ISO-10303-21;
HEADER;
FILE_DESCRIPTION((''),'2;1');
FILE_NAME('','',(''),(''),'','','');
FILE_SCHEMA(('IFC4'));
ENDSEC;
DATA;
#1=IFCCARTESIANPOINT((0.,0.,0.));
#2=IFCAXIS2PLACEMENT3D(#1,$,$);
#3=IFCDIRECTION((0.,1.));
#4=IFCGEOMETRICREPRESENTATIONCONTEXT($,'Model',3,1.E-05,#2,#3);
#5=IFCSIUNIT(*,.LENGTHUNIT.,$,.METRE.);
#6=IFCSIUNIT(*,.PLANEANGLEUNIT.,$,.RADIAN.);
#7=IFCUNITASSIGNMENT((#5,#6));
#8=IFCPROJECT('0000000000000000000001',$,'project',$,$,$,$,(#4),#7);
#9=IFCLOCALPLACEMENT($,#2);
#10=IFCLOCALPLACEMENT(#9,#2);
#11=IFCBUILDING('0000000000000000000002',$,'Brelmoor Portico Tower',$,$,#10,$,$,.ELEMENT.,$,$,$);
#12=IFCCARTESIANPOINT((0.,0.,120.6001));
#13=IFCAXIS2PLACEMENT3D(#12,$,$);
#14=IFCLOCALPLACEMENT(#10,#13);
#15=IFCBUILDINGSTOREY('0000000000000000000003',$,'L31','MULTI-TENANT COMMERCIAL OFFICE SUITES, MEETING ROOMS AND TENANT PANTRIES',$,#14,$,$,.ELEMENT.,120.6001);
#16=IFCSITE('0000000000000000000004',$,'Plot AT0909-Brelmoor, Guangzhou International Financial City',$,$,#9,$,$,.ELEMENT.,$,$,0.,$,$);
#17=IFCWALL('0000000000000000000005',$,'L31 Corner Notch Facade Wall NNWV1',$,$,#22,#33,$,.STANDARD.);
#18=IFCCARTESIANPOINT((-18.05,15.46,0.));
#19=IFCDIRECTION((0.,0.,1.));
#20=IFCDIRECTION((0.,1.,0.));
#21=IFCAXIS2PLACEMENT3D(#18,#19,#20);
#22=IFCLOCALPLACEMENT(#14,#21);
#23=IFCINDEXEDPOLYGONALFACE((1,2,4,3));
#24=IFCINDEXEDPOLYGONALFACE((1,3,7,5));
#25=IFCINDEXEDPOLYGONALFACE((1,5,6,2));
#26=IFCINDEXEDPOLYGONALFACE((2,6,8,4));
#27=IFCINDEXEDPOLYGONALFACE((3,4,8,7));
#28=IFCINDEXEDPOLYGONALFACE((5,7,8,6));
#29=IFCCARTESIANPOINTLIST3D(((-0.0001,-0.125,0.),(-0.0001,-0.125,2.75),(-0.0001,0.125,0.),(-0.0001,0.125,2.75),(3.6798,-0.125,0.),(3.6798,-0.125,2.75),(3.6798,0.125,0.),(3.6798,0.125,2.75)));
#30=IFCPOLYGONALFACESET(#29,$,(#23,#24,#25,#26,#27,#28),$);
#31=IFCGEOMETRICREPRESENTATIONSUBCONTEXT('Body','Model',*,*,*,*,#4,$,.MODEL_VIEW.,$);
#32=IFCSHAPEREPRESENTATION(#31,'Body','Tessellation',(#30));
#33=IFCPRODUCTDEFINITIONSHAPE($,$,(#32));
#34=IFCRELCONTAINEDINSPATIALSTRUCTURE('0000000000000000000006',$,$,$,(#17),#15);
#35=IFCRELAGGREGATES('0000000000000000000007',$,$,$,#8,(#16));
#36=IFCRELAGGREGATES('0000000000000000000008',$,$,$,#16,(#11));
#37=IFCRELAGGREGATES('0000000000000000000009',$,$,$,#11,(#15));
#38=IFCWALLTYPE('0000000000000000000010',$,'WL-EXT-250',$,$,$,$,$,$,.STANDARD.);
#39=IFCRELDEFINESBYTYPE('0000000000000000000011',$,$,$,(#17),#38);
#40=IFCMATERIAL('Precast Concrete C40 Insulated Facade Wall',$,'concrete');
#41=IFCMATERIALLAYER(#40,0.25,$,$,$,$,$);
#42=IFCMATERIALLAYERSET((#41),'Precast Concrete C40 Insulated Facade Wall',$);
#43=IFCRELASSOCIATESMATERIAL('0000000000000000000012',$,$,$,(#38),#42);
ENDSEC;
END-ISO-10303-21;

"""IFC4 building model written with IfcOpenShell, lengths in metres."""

from ifc_helpers import new_model, si_unit, direction, frame, frame_2d, origin, place, context, subcontext, project, spatial, rectangle, extrude, material, layer, layer_set, type_object, element, save


model = new_model("IFC4")

# Units and contexts
model_context = context("Model", 3, precision=1e-05, world=origin(), true_north=direction((0.0, 1.0)))
body_context = subcontext(model_context, "Body", "Model", "MODEL_VIEW")
ifc_project = project(units=[si_unit("LENGTHUNIT", "METRE"), si_unit("PLANEANGLEUNIT", "RADIAN")], contexts=[model_context])

# Site, building, storey
site_placement = place(None, origin())
site = spatial("IfcSite", under=ifc_project, at=site_placement, Name="Plot AT0909-Brelmoor, Guangzhou International Financial City", CompositionType="ELEMENT", RefElevation=0.0)
building_placement = place(site_placement, origin())
building = spatial("IfcBuilding", under=site, at=building_placement, Name="Brelmoor Portico Tower", CompositionType="ELEMENT")
storey_placement = place(building_placement, frame((0.0, 0.0, 120.6001)))
storey = spatial("IfcBuildingStorey", under=building, at=storey_placement, Name="L31", Description="MULTI-TENANT COMMERCIAL OFFICE SUITES, MEETING ROOMS AND TENANT PANTRIES", CompositionType="ELEMENT", Elevation=120.6001)

# Wall
ifc_material_1 = material(Name="Precast Concrete C40 Insulated Facade Wall", Category="concrete")
ifc_layer_1 = layer(ifc_material_1, 0.25)
ifc_layer_set_1 = layer_set([ifc_layer_1], Name="Precast Concrete C40 Insulated Facade Wall")
wall_type_1 = type_object("IfcWallType", Name="WL-EXT-250", PredefinedType="STANDARD", material=ifc_layer_set_1)
for number, where, z_axis, x_axis, name in (
    (1, (-18.05, 15.46, 0.0), (0.0, 0.0, 1.0), (0.0, 1.0, 0.0), "L31 Corner Notch Facade Wall NNWV1"),
):
    element("IfcWall", number, at=place(storey_placement, frame(where, z_axis=z_axis, x_axis=x_axis)), inside=storey, type_object=wall_type_1, Name=name, PredefinedType="STANDARD", context=body_context, shape_type="SweptSolid", body=[
        extrude(rectangle(XDim=3.6799, YDim=0.25, at=frame_2d((1.8398, 0.0))), origin(), (0.0, 0.0, 1.0), 2.75),
    ])

save(model, "model.ifc")
